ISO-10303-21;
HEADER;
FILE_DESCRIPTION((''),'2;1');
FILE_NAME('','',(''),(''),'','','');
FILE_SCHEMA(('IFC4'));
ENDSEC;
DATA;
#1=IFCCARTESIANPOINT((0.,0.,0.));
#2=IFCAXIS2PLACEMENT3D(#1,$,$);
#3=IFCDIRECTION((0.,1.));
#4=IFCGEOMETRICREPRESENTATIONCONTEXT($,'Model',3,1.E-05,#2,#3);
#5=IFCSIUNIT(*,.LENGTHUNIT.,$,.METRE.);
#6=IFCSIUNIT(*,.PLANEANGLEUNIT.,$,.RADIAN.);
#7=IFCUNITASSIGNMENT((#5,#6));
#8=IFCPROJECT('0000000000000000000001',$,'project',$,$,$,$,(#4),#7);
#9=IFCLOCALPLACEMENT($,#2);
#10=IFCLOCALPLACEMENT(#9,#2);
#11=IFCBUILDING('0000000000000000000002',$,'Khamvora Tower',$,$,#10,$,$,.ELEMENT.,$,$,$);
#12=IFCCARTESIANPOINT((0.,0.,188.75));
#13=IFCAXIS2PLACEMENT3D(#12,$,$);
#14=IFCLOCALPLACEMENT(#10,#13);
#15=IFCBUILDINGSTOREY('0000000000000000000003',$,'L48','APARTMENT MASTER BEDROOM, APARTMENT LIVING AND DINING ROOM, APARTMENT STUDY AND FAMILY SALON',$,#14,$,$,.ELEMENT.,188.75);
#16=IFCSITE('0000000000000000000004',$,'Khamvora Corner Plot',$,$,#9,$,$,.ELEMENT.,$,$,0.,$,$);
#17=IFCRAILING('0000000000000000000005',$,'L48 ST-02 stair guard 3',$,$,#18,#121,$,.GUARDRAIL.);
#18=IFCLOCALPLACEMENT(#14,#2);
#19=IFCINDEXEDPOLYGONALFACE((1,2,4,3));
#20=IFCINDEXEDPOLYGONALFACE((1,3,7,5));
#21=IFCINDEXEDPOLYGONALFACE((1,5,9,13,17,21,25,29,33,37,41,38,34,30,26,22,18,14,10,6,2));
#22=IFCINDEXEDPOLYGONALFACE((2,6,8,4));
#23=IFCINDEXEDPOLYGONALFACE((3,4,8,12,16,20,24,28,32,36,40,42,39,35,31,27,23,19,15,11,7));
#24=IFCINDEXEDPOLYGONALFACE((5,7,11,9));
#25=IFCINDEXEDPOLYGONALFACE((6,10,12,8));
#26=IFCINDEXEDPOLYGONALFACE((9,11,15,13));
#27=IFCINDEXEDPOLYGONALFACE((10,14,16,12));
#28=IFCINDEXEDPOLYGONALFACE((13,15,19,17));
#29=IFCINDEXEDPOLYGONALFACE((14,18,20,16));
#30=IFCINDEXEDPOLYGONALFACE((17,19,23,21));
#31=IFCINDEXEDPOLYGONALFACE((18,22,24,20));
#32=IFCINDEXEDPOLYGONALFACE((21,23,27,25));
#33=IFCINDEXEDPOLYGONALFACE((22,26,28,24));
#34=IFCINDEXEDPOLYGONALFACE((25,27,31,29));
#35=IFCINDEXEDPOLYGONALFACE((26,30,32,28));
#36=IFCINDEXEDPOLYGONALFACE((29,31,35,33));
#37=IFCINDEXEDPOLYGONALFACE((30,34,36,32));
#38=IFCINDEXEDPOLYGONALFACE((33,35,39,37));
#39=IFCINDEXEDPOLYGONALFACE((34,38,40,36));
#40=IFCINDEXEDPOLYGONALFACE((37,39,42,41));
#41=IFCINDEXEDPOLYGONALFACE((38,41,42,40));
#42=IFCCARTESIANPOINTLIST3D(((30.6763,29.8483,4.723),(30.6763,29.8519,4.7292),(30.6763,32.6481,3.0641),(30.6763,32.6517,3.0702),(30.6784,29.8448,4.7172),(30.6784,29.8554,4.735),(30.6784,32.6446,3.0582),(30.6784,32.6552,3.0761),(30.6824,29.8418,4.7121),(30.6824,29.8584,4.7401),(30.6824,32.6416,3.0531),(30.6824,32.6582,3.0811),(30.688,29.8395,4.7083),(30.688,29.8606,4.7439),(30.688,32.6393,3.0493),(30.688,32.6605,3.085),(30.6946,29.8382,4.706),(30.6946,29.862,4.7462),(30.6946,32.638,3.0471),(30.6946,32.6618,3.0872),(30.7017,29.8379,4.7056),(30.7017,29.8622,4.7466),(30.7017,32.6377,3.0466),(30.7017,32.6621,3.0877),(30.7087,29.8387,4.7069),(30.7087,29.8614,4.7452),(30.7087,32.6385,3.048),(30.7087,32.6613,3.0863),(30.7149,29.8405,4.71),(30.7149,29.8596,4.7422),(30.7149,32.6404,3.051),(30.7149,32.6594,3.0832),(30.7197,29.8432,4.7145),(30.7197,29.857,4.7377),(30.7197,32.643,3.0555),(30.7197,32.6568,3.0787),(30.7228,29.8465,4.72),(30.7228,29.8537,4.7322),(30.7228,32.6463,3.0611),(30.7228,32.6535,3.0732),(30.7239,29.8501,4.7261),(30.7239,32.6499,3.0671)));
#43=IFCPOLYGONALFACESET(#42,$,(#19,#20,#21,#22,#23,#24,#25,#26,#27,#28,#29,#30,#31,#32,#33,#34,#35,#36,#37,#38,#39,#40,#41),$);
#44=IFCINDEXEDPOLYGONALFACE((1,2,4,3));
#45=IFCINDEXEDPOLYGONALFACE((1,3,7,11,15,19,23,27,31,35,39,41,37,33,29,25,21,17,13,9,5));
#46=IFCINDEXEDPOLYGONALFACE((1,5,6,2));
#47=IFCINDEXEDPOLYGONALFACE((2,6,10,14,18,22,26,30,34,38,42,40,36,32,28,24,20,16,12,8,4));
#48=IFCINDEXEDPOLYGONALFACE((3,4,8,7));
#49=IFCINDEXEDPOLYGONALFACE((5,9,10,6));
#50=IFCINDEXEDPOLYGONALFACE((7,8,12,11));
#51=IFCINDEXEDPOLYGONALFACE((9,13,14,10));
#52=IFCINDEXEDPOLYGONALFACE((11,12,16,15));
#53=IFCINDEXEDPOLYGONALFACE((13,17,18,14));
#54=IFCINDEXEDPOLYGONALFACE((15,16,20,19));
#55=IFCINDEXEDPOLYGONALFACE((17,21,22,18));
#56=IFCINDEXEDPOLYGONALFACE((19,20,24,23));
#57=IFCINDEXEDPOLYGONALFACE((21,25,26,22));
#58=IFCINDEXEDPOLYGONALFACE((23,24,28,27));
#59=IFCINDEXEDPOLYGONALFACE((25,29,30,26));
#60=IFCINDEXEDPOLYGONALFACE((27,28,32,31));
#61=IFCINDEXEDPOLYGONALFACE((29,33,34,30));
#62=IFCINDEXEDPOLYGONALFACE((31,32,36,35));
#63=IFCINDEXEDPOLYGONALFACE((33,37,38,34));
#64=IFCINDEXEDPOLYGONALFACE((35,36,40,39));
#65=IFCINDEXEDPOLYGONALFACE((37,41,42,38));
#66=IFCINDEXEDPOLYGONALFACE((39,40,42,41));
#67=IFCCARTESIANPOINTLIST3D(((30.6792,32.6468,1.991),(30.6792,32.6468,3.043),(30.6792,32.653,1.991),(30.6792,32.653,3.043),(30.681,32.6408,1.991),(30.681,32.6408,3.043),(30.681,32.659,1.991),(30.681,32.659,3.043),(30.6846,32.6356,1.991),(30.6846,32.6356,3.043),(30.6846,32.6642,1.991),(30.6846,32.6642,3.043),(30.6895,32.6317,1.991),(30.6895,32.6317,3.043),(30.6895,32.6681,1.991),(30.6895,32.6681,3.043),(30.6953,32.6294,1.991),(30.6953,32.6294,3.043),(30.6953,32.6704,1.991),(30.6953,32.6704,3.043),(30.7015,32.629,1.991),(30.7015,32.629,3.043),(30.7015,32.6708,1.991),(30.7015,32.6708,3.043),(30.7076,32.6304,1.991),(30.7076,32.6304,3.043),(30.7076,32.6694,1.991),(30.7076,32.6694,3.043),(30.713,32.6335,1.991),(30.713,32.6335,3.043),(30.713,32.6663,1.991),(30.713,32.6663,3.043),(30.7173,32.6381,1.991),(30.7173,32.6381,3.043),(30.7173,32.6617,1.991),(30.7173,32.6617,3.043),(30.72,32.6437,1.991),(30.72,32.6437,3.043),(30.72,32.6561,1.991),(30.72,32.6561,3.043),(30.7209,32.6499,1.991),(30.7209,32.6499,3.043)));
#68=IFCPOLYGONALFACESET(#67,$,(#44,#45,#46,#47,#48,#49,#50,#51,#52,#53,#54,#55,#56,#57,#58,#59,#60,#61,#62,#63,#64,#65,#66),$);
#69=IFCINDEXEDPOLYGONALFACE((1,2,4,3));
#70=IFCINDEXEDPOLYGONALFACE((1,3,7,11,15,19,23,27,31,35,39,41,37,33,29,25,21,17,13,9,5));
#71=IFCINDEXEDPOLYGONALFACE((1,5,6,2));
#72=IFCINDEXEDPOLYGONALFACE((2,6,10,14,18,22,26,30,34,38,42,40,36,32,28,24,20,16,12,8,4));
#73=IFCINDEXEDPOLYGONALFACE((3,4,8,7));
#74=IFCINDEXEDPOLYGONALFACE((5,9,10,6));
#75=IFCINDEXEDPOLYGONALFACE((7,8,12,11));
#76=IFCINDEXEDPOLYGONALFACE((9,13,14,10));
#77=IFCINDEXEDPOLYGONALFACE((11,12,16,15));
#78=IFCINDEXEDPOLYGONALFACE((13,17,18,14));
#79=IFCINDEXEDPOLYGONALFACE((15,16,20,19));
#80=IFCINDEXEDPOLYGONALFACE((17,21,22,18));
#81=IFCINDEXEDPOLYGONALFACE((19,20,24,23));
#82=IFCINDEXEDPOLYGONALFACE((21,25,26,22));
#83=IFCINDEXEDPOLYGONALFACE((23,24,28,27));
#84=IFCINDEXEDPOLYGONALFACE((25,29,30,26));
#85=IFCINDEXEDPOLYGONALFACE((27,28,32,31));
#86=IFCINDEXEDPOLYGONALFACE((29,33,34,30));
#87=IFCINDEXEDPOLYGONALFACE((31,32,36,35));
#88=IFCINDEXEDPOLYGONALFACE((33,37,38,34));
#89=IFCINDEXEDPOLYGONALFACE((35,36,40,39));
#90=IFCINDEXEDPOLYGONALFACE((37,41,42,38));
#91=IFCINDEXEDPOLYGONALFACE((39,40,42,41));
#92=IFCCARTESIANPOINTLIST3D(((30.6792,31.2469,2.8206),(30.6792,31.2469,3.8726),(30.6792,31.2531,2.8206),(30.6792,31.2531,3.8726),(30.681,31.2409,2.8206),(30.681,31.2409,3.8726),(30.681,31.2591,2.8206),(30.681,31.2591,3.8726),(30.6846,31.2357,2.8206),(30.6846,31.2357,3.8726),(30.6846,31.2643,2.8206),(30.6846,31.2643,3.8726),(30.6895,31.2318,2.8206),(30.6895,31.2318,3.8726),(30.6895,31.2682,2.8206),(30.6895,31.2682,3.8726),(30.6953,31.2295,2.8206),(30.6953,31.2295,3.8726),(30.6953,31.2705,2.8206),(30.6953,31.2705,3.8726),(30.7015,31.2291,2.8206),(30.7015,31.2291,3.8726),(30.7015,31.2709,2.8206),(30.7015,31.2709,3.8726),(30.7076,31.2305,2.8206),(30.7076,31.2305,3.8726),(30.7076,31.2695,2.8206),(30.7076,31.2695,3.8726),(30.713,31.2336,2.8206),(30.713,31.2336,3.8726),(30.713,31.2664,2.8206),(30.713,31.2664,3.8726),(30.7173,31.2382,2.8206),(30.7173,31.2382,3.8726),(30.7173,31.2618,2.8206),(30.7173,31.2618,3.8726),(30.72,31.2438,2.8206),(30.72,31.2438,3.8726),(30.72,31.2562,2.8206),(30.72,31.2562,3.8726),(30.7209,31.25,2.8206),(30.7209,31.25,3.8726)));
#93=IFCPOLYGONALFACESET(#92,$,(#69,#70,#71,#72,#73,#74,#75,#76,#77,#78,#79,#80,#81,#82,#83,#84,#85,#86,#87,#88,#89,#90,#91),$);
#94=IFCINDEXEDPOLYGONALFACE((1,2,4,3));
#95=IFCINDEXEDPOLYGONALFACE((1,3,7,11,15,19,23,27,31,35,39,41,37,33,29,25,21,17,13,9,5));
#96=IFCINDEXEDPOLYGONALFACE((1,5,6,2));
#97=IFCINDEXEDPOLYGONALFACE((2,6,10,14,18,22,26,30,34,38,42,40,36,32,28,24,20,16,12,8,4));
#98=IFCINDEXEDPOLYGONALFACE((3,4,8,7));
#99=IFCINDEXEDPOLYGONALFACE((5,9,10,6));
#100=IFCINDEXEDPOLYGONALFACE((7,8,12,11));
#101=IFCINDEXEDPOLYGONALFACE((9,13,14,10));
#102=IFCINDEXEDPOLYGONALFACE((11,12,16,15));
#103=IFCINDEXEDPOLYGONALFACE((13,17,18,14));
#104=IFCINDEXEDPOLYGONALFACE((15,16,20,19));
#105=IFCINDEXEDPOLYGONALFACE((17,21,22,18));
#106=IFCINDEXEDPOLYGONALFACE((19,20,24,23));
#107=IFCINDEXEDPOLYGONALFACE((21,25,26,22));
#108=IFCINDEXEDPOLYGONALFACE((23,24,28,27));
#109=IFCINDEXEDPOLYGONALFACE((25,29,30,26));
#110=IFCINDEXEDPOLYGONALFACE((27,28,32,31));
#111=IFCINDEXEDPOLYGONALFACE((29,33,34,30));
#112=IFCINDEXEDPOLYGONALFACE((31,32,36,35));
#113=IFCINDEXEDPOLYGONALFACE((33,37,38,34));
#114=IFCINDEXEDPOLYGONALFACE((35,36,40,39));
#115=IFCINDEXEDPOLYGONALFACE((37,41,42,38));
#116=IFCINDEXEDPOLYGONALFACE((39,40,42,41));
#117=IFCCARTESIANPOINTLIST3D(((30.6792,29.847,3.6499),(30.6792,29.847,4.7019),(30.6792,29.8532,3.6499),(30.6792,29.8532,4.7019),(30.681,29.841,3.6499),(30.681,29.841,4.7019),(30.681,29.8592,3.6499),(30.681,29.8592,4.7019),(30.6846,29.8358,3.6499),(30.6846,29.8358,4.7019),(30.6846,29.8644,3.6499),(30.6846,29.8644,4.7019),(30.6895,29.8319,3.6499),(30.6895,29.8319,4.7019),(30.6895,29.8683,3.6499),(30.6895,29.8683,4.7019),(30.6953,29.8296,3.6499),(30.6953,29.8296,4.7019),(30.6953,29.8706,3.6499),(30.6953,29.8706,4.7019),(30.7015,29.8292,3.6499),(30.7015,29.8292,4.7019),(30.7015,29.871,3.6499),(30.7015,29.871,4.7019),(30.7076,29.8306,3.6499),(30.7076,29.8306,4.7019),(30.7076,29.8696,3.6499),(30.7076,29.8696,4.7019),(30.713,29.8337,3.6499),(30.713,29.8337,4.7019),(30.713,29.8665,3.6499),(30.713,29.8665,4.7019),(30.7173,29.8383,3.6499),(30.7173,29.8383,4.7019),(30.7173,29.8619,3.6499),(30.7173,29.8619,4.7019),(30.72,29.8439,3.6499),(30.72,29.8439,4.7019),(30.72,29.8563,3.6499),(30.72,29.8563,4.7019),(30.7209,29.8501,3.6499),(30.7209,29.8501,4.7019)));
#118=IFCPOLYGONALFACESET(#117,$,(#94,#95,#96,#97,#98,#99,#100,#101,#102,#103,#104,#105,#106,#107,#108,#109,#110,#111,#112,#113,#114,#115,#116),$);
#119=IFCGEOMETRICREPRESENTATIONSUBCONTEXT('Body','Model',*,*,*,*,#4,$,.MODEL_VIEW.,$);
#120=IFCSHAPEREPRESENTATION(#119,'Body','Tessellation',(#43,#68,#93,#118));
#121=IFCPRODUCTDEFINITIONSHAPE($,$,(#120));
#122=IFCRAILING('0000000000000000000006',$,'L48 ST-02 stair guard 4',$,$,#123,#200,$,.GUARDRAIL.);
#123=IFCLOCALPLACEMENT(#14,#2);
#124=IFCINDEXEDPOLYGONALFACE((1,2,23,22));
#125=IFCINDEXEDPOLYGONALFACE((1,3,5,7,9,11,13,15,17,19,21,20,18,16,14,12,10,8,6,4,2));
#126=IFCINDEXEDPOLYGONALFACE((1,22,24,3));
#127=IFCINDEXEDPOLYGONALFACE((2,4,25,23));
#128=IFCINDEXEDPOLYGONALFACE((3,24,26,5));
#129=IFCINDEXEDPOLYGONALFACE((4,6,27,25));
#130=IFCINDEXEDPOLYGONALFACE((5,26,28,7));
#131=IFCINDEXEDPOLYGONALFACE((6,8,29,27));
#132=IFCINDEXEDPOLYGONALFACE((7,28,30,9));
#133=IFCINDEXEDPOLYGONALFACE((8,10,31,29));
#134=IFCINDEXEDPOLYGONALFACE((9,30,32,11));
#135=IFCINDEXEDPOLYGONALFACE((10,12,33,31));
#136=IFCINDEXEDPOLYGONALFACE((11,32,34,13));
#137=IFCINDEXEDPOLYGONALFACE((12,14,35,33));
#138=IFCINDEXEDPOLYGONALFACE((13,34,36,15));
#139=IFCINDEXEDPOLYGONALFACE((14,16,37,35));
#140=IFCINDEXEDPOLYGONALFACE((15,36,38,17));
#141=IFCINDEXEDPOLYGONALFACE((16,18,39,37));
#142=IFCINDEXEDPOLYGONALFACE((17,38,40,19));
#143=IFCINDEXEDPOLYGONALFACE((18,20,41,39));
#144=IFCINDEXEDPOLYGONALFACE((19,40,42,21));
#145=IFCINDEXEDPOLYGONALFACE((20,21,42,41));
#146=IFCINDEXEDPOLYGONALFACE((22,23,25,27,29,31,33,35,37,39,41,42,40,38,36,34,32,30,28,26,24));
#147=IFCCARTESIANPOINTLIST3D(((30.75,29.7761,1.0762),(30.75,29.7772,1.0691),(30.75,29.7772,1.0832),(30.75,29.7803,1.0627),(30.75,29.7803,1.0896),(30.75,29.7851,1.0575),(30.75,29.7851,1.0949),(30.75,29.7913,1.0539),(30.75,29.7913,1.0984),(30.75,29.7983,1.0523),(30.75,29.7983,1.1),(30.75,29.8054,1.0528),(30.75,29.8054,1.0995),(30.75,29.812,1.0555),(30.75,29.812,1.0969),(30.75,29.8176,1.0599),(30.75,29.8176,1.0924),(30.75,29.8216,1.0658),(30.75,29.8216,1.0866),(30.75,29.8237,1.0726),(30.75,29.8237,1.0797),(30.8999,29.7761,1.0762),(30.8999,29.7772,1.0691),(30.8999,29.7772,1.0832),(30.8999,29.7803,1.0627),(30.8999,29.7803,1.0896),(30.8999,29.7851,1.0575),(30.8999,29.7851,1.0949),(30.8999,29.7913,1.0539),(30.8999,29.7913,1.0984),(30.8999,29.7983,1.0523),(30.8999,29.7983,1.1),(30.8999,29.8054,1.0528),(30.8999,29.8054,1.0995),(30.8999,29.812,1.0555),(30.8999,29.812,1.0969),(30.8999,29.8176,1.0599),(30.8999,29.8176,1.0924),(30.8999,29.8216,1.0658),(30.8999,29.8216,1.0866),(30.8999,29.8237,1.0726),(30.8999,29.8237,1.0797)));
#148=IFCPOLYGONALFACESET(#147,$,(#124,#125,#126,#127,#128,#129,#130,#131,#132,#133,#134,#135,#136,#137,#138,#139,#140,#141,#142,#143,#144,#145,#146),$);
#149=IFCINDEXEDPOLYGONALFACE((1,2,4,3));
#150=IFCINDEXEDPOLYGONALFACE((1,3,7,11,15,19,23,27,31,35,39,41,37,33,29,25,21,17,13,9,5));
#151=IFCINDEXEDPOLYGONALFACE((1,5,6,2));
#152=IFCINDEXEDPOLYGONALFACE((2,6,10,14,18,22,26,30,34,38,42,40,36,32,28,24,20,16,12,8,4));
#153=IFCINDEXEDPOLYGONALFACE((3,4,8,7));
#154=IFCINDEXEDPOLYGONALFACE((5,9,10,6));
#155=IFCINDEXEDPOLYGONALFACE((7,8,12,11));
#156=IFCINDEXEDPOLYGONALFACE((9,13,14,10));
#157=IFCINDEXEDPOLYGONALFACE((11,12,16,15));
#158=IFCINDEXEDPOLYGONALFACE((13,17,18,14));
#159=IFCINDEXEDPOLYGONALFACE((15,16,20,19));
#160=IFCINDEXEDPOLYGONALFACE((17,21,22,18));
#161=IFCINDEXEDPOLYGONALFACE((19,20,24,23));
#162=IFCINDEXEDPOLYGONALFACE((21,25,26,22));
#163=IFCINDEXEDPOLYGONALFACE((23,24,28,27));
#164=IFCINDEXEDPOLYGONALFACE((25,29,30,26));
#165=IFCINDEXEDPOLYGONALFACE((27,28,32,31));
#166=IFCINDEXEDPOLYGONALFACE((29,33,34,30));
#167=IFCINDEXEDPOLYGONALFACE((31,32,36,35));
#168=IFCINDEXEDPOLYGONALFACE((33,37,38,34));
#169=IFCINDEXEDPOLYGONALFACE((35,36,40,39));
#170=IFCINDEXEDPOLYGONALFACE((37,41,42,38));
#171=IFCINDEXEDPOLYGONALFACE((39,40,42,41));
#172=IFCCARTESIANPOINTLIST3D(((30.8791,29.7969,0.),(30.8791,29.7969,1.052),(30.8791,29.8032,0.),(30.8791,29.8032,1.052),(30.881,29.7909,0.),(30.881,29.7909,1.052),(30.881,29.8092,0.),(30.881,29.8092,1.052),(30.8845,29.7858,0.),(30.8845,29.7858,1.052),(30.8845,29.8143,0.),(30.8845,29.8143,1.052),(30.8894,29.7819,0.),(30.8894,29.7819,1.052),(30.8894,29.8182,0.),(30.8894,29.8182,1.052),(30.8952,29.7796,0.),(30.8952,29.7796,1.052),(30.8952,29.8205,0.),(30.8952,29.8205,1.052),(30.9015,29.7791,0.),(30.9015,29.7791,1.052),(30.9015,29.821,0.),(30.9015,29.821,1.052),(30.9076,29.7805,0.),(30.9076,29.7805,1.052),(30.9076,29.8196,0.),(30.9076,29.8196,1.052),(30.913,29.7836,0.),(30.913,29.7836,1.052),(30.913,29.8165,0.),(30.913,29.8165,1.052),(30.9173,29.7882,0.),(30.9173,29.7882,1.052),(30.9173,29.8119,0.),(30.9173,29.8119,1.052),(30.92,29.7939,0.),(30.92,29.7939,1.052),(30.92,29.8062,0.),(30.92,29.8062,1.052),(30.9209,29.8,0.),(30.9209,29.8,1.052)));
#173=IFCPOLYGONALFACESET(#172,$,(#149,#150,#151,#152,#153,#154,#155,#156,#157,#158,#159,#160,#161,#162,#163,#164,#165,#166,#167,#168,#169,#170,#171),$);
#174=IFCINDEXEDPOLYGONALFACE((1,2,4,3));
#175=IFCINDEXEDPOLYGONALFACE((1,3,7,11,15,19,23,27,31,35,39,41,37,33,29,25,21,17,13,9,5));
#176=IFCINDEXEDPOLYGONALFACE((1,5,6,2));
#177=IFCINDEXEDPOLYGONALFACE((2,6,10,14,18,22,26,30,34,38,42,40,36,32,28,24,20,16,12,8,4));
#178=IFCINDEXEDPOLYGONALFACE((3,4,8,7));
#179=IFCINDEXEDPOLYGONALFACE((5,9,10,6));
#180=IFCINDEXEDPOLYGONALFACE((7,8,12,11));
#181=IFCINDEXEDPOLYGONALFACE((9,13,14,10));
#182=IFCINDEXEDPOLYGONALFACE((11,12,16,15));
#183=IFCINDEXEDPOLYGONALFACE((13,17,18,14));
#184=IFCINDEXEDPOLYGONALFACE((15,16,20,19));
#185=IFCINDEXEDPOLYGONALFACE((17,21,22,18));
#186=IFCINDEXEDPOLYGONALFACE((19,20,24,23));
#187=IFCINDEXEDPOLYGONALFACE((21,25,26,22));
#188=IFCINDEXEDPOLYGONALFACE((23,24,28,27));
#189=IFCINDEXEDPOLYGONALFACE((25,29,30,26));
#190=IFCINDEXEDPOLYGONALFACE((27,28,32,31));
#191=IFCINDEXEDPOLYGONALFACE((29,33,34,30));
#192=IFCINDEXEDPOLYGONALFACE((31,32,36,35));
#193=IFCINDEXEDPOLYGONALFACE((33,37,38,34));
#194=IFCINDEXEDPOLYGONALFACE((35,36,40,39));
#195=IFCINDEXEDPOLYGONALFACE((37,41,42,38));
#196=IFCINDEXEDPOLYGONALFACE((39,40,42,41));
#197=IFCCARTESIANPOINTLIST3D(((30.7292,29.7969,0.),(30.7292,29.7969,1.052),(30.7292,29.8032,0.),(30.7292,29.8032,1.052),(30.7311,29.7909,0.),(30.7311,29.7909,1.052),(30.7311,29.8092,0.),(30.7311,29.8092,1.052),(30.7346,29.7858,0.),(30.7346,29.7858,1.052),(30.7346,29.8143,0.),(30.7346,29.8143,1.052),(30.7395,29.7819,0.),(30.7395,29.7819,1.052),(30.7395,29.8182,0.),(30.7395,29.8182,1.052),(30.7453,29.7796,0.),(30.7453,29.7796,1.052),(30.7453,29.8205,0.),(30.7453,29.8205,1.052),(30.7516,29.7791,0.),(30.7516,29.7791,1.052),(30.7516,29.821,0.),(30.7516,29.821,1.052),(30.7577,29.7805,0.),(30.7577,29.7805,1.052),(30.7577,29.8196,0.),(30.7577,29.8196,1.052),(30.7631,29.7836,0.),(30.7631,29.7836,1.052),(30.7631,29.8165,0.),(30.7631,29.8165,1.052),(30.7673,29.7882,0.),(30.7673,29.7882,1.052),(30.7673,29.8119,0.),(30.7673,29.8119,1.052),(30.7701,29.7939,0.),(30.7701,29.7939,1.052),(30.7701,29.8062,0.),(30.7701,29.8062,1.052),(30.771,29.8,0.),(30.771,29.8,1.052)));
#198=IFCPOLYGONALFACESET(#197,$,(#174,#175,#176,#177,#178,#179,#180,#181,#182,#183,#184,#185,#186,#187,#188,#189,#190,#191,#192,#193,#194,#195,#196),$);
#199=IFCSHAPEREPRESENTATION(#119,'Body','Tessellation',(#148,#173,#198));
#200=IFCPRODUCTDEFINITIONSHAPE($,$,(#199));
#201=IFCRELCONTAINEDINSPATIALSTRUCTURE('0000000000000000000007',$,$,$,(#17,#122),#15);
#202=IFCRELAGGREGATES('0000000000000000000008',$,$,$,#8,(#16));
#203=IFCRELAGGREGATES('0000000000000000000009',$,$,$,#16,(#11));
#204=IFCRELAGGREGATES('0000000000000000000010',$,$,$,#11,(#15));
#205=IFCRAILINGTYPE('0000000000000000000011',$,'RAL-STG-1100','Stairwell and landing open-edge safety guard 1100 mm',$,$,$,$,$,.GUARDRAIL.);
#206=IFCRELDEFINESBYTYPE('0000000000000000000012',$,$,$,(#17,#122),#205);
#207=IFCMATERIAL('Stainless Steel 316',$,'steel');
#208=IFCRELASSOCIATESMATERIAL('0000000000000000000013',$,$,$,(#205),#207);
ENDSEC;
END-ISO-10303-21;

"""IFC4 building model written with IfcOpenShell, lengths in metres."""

from ifc_helpers import new_model, si_unit, direction, frame, origin, origin_2d, place, context, subcontext, project, spatial, circle, extrude, material, type_object, element, save


model = new_model("IFC4")

# Units and contexts
model_context = context("Model", 3, precision=1e-05, world=origin(), true_north=direction((0.0, 1.0)))
body_context = subcontext(model_context, "Body", "Model", "MODEL_VIEW")
ifc_project = project(units=[si_unit("LENGTHUNIT", "METRE"), si_unit("PLANEANGLEUNIT", "RADIAN")], contexts=[model_context])

# Site, building, storey
site_placement = place(None, origin())
site = spatial("IfcSite", under=ifc_project, at=site_placement, Name="Khamvora Corner Plot", CompositionType="ELEMENT", RefElevation=0.0)
building_placement = place(site_placement, origin())
building = spatial("IfcBuilding", under=site, at=building_placement, Name="Khamvora Tower", CompositionType="ELEMENT")
storey_placement = place(building_placement, frame((0.0, 0.0, 188.75)))
storey = spatial("IfcBuildingStorey", under=building, at=storey_placement, Name="L48", Description="APARTMENT MASTER BEDROOM, APARTMENT LIVING AND DINING ROOM, APARTMENT STUDY AND FAMILY SALON", CompositionType="ELEMENT", Elevation=188.75)

# Railings
ifc_material_1 = material(Name="Stainless Steel 316", Category="steel")
railing_type_1 = type_object("IfcRailingType", Name="RAL-STG-1100", Description="Stairwell and landing open-edge safety guard 1100 mm", PredefinedType="GUARDRAIL", material=ifc_material_1)
railing_1_placement = place(storey_placement, frame((30.7, 32.6499, 1.991)))
element("IfcRailing", 1, at=railing_1_placement, inside=storey, type_object=railing_type_1, Name="L48 ST-02 stair guard 3", PredefinedType="GUARDRAIL", context=body_context, shape_type="SweptSolid", body=[
    extrude(circle(Radius=0.0239, at=origin_2d()), frame((0.0, 0.0, 1.0762), z_axis=(0.0, -0.86032, 0.509755), x_axis=(1.0, 0.0, 0.0)), (0.0, 0.0, 1.0), 3.2544),
    extrude(circle(Radius=0.021, at=origin_2d()), origin(), (0.0, 0.0, 1.0), 1.052),
    extrude(circle(Radius=0.021, at=origin_2d()), frame((0.0, -1.3999, 0.8296)), (0.0, 0.0, 1.0), 1.052),
    extrude(circle(Radius=0.021, at=origin_2d()), frame((0.0, -2.7998, 1.6589)), (0.0, 0.0, 1.0), 1.052),
])
railing_2_placement = place(storey_placement, frame((30.8999, 29.8, 0.0)))
element("IfcRailing", 2, at=railing_2_placement, inside=storey, type_object=railing_type_1, Name="L48 ST-02 stair guard 4", PredefinedType="GUARDRAIL", context=body_context, shape_type="SweptSolid", body=[
    extrude(circle(Radius=0.0239, at=origin_2d()), frame((0.0, 0.0, 1.0762), z_axis=(-1.0, 0.0, 0.0), x_axis=(0.0, -1.0, 0.0)), (0.0, 0.0, 1.0), 0.1499),
    extrude(circle(Radius=0.021, at=origin_2d()), origin(), (0.0, 0.0, 1.0), 1.052),
    extrude(circle(Radius=0.021, at=origin_2d()), frame((-0.1499, 0.0, 0.0)), (0.0, 0.0, 1.0), 1.052),
])

save(model, "model.ifc")
